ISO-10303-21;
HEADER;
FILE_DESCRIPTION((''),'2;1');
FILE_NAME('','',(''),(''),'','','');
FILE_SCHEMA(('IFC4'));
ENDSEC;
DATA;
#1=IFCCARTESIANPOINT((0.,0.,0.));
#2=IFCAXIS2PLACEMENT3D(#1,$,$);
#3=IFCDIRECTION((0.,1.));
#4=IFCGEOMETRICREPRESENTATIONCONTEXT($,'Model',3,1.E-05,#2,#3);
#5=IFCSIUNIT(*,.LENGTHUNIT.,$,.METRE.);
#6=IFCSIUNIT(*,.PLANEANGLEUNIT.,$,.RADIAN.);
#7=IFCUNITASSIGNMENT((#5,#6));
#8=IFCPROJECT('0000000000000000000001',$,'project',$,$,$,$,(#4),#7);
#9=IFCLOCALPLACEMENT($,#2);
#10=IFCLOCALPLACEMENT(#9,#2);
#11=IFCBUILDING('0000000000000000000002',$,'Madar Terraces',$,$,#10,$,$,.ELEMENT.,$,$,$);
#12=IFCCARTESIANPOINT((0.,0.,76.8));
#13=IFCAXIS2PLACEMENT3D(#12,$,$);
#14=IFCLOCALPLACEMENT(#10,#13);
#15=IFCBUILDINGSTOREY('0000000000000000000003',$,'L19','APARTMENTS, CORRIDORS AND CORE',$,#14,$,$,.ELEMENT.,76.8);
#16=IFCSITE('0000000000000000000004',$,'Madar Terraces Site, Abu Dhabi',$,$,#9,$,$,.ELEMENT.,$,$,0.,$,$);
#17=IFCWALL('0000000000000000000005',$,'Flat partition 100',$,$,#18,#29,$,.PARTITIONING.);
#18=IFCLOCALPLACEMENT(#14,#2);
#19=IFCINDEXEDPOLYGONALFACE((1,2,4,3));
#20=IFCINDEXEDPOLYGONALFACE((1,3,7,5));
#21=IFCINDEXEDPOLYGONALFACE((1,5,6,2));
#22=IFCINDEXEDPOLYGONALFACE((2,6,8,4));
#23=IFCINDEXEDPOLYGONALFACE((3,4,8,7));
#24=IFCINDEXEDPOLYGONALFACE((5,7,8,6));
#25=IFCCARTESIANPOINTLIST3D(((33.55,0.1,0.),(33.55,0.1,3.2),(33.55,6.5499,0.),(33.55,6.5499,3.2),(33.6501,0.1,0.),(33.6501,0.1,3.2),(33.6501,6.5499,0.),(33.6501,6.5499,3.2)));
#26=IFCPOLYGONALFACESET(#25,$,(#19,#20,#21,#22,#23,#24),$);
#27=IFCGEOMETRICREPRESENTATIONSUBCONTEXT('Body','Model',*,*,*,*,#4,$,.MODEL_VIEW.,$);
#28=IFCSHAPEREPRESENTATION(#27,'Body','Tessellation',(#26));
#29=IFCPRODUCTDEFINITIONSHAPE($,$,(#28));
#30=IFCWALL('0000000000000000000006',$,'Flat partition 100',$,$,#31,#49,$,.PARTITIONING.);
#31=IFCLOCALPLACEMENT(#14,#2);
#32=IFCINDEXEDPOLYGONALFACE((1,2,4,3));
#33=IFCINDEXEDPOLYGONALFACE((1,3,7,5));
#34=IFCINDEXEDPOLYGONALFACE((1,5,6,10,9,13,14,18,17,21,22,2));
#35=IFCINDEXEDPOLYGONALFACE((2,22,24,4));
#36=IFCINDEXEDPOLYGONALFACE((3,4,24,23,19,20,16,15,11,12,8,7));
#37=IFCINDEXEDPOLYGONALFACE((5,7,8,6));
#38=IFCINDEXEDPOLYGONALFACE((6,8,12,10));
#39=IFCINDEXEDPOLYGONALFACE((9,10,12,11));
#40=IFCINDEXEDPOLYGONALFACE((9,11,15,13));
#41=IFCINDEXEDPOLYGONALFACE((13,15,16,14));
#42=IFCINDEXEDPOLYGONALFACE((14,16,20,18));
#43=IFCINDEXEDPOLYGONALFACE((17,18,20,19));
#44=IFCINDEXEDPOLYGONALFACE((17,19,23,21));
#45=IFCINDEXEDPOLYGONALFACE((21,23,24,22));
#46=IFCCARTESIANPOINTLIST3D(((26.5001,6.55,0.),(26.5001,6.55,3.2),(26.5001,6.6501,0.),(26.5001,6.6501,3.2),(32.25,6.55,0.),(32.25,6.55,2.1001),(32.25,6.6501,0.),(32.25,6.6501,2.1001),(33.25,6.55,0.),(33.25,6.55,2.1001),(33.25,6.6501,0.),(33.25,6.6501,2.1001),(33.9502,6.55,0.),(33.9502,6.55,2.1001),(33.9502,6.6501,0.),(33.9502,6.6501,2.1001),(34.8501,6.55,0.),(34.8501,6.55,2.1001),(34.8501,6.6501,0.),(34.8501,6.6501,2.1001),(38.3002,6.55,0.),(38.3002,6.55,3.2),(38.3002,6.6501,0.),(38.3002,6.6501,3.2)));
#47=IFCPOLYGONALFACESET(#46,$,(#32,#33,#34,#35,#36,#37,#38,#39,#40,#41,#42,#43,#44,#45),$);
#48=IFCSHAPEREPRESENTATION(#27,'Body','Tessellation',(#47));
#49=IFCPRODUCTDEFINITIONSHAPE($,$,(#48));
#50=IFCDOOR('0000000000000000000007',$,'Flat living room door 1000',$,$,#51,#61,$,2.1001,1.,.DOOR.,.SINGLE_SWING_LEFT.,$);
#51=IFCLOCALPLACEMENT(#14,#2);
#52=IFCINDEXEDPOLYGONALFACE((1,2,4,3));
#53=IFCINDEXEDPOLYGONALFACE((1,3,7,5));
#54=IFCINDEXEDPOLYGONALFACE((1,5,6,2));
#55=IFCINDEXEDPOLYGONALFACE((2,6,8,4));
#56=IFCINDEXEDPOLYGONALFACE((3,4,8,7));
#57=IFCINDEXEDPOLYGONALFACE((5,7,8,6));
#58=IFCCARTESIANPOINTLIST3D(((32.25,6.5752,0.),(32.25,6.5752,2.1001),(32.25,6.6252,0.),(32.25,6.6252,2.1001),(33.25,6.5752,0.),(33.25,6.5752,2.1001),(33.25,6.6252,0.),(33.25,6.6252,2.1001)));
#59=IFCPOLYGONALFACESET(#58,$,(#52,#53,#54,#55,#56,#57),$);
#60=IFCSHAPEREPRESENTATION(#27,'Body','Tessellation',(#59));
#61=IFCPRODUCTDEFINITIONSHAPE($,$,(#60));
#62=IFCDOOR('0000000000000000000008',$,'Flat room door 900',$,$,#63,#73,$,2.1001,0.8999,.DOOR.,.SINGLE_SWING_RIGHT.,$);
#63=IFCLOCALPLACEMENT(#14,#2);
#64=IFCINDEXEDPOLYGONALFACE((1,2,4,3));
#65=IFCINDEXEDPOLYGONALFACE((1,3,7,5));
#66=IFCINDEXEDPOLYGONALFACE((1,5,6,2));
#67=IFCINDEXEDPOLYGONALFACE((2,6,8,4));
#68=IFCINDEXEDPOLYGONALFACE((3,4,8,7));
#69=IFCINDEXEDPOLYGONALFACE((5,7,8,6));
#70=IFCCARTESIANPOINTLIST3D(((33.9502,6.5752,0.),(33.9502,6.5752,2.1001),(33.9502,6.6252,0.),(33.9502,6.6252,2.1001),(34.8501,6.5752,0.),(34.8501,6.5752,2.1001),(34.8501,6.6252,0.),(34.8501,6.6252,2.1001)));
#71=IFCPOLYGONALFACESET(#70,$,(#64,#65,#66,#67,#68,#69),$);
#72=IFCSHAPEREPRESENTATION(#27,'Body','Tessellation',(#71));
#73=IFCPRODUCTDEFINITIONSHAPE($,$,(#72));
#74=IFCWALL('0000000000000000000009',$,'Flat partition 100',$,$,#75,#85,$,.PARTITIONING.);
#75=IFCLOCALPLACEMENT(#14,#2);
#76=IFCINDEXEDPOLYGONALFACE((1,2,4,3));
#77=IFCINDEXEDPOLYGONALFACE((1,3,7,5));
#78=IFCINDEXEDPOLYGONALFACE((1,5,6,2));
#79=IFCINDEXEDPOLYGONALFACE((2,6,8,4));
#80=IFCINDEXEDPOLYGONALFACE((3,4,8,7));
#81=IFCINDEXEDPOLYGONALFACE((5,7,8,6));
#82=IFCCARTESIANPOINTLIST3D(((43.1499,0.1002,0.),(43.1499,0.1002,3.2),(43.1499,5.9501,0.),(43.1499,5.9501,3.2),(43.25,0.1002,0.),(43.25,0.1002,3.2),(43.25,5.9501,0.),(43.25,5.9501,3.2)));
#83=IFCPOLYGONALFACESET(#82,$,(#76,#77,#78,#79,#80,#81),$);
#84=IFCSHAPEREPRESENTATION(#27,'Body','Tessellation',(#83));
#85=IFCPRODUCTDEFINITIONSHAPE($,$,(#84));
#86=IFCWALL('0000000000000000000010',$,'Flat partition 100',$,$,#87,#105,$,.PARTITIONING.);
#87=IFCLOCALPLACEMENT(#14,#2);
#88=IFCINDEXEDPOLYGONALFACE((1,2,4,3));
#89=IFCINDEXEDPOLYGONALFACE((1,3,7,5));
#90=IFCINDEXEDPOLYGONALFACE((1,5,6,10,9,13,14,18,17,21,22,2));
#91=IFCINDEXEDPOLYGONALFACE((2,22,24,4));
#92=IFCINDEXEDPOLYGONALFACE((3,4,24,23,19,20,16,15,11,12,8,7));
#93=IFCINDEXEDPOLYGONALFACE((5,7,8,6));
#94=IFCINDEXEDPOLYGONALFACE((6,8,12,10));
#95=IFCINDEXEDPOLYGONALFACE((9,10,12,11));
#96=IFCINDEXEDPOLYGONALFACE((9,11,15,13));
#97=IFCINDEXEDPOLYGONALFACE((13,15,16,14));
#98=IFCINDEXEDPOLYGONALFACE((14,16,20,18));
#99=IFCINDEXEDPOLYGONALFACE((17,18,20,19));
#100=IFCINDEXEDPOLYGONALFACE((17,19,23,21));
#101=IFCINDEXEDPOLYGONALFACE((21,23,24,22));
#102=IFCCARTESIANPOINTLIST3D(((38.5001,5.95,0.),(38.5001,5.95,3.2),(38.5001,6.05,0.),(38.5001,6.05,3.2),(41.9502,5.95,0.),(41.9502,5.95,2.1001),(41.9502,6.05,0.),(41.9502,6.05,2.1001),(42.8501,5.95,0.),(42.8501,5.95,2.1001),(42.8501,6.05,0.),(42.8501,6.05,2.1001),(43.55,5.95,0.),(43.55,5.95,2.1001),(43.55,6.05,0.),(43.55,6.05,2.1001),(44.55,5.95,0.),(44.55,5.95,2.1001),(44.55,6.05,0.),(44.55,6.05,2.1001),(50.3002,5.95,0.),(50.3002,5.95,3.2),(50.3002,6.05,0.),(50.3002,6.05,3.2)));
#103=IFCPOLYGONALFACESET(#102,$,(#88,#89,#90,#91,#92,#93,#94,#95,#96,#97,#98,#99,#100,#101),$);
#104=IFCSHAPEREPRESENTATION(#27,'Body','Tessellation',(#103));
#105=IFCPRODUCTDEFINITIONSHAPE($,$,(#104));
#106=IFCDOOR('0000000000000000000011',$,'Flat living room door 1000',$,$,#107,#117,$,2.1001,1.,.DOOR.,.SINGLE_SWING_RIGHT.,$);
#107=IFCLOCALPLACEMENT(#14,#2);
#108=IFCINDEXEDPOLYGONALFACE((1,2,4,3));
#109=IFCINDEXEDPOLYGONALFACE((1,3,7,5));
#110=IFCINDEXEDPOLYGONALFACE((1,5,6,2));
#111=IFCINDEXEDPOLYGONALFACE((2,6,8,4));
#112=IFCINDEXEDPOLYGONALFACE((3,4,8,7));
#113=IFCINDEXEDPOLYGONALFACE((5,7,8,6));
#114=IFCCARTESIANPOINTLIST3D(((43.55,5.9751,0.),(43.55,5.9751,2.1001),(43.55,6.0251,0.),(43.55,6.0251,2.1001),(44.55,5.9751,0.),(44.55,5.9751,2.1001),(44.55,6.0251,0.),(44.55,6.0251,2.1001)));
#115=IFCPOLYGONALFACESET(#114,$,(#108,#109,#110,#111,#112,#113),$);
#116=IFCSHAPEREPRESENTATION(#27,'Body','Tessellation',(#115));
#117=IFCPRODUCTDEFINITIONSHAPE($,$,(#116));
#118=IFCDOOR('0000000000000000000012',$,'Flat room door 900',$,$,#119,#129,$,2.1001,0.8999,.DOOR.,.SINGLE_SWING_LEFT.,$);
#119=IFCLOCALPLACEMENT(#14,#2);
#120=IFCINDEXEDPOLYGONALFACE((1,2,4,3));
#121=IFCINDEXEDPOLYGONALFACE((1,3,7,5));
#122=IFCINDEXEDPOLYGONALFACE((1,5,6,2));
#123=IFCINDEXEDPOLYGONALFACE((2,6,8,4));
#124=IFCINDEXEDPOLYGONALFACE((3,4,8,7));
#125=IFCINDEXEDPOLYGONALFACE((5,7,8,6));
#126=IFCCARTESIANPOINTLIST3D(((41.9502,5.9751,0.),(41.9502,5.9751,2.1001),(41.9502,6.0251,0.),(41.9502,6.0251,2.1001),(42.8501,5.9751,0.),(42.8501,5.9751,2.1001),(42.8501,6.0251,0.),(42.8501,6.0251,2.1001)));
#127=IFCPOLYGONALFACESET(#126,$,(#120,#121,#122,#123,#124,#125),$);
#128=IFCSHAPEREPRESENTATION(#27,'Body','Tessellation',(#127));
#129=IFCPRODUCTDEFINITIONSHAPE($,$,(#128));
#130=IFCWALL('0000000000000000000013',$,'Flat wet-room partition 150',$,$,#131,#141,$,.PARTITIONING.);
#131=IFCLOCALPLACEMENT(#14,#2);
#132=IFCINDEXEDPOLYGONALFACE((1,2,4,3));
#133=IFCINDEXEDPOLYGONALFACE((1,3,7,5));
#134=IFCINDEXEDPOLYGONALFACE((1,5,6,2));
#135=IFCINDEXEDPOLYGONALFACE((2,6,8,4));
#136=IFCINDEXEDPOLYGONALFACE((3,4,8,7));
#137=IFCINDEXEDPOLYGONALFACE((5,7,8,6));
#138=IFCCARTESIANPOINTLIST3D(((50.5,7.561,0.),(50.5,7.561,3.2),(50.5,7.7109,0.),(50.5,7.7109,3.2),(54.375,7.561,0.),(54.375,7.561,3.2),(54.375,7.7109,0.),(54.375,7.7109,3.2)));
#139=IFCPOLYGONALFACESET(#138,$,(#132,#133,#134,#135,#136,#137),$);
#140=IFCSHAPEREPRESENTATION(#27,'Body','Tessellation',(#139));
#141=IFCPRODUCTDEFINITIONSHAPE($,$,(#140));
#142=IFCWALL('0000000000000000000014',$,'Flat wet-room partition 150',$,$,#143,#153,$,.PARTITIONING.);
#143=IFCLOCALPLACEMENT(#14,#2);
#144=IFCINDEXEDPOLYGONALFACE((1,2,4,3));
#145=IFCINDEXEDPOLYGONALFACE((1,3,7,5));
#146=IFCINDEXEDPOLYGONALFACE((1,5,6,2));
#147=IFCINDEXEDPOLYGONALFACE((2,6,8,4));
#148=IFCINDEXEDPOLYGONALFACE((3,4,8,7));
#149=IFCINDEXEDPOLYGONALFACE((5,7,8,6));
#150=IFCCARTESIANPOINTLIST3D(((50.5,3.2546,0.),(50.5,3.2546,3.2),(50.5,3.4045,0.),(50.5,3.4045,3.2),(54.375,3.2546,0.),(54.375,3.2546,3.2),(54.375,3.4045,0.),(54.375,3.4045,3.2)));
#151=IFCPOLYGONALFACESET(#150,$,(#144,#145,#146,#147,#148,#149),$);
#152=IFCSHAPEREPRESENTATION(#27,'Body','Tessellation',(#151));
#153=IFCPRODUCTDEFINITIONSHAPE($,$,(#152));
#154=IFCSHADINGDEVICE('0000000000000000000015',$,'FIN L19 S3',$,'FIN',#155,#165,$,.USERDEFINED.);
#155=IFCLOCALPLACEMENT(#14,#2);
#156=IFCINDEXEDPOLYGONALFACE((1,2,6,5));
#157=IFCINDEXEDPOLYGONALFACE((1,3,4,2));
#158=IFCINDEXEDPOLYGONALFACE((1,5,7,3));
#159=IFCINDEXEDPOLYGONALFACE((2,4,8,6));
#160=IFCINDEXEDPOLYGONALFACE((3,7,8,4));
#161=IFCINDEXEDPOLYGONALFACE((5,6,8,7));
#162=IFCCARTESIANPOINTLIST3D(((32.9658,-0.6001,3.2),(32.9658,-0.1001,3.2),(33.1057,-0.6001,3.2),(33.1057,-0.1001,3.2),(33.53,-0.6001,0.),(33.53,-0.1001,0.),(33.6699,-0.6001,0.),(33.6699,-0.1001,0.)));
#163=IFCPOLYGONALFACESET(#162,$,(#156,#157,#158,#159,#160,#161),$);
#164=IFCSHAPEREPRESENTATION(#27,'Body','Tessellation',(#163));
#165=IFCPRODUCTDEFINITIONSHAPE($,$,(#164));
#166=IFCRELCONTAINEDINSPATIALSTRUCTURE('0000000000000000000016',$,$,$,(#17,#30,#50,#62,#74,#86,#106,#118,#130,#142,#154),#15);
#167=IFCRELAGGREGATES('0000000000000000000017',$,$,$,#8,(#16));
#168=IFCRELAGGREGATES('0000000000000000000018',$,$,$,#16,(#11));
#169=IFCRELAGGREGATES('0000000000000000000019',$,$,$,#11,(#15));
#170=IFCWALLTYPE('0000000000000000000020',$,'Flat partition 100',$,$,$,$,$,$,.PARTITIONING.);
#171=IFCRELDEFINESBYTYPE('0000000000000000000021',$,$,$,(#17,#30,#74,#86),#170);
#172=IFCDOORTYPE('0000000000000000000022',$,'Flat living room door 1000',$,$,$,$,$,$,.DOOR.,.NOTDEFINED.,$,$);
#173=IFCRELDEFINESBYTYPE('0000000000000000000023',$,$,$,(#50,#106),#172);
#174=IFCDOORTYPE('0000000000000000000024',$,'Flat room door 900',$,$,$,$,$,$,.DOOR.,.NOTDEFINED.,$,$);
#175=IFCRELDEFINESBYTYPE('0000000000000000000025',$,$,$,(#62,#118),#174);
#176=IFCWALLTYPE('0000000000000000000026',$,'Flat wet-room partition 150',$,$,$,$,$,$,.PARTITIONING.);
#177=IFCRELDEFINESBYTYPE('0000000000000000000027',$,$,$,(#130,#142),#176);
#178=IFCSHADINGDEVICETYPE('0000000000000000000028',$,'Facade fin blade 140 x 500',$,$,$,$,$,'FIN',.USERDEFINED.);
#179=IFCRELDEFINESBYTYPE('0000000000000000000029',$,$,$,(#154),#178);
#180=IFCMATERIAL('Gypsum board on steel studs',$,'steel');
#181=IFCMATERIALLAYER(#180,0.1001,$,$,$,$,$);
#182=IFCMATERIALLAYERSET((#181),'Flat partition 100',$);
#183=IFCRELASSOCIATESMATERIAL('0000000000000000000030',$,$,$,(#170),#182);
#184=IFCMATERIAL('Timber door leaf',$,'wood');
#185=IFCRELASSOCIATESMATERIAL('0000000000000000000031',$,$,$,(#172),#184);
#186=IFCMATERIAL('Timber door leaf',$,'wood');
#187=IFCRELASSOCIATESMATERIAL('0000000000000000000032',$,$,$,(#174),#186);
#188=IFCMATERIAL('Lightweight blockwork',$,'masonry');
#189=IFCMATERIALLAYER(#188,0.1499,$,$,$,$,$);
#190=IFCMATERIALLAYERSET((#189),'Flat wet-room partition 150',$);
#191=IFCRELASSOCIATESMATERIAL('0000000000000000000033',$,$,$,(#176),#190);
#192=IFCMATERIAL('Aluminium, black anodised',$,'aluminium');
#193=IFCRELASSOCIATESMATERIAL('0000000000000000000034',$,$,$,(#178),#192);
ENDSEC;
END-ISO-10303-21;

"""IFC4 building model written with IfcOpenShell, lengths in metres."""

from ifc_helpers import new_model, si_unit, direction, frame, frame_2d, origin, place, context, subcontext, project, spatial, polyline, rectangle, outline, extrude, material, layer, layer_set, type_object, element, fill, save


model = new_model("IFC4")

# Units and contexts
model_context = context("Model", 3, precision=1e-05, world=origin(), true_north=direction((0.0, 1.0)))
body_context = subcontext(model_context, "Body", "Model", "MODEL_VIEW")
ifc_project = project(units=[si_unit("LENGTHUNIT", "METRE"), si_unit("PLANEANGLEUNIT", "RADIAN")], contexts=[model_context])

# Site, building, storey
site_placement = place(None, origin())
site = spatial("IfcSite", under=ifc_project, at=site_placement, Name="Madar Terraces Site, Abu Dhabi", CompositionType="ELEMENT", RefElevation=0.0)
building_placement = place(site_placement, origin())
building = spatial("IfcBuilding", under=site, at=building_placement, Name="Madar Terraces", CompositionType="ELEMENT")
storey_placement = place(building_placement, frame((0.0, 0.0, 76.8)))
storey = spatial("IfcBuildingStorey", under=building, at=storey_placement, Name="L19", Description="APARTMENTS, CORRIDORS AND CORE", CompositionType="ELEMENT", Elevation=76.8)

# Wall
ifc_material_1 = material(Name="Gypsum board on steel studs", Category="steel")
ifc_layer_1 = layer(ifc_material_1, 0.1001)
ifc_layer_set_1 = layer_set([ifc_layer_1], Name="Flat partition 100")
wall_type_1 = type_object("IfcWallType", Name="Flat partition 100", PredefinedType="PARTITIONING", material=ifc_layer_set_1)
wall_1_placement = place(storey_placement, frame((33.6001, 6.55, 0.0), z_axis=(0.0, 0.0, 1.0), x_axis=(0.0, -1.0, 0.0)))
element("IfcWall", 1, at=wall_1_placement, inside=storey, type_object=wall_type_1, Name="Flat partition 100", PredefinedType="PARTITIONING", context=body_context, shape_type="SweptSolid", body=[
    extrude(rectangle(XDim=6.45, YDim=0.1001, at=frame_2d((3.2251, 0.0))), origin(), (0.0, 0.0, 1.0), 3.2),
])

# Wall, openings, doors
wall_2_placement = place(storey_placement, frame((38.3, 6.6001, 0.0), z_axis=(0.0, 0.0, 1.0), x_axis=(-1.0, 0.0, 0.0)))
wall_2 = element("IfcWall", 2, at=wall_2_placement, inside=storey, type_object=wall_type_1, Name="Flat partition 100", PredefinedType="PARTITIONING", context=body_context, shape_type="SweptSolid", body=[
    extrude(rectangle(XDim=11.8, YDim=0.1001, at=frame_2d((5.8999, 0.0))), origin(), (0.0, 0.0, 1.0), 3.2),
])
opening_1_placement = place(wall_2_placement, frame((5.05, 0.0, 0.0)))
opening_1 = element("IfcOpeningElement", 3, at=opening_1_placement, cuts=wall_2, PredefinedType="OPENING", context=body_context, shape_type="SweptSolid", body=[
    extrude(rectangle(XDim=1.0, YDim=2.1001, at=frame_2d((0.5, 1.05))), frame((0.0, 0.0601, 0.0), z_axis=(0.0, -1.0, 0.0), x_axis=(1.0, 0.0, 0.0)), (0.0, 0.0, 1.0), 0.1201),
])
opening_2_placement = place(wall_2_placement, frame((3.45, 0.0, 0.0)))
opening_2 = element("IfcOpeningElement", 4, at=opening_2_placement, cuts=wall_2, PredefinedType="OPENING", context=body_context, shape_type="SweptSolid", body=[
    extrude(rectangle(XDim=0.8999, YDim=2.1001, at=frame_2d((0.45, 1.05))), frame((0.0, 0.0601, 0.0), z_axis=(0.0, -1.0, 0.0), x_axis=(1.0, 0.0, 0.0)), (0.0, 0.0, 1.0), 0.1201),
])
ifc_material_2 = material(Name="Timber door leaf", Category="wood")
door_type_1 = type_object("IfcDoorType", Name="Flat living room door 1000", OperationType="NOTDEFINED", PredefinedType="DOOR", material=ifc_material_2)
door_1_placement = place(opening_1_placement, origin())
door_1 = element("IfcDoor", 5, at=door_1_placement, inside=storey, type_object=door_type_1, Name="Flat living room door 1000", OperationType="SINGLE_SWING_LEFT", OverallHeight=2.1001, OverallWidth=1.0, PredefinedType="DOOR", context=body_context, shape_type="SweptSolid", body=[
    extrude(rectangle(XDim=1.0, YDim=2.1001, at=frame_2d((0.5, 1.05))), frame((0.0, 0.0249, 0.0), z_axis=(0.0, -1.0, 0.0), x_axis=(1.0, 0.0, 0.0)), (0.0, 0.0, 1.0), 0.05),
])
fill(opening_1, door_1)
ifc_material_3 = material(Name="Timber door leaf", Category="wood")
door_type_2 = type_object("IfcDoorType", Name="Flat room door 900", OperationType="NOTDEFINED", PredefinedType="DOOR", material=ifc_material_3)
door_2_placement = place(opening_2_placement, origin())
door_2 = element("IfcDoor", 6, at=door_2_placement, inside=storey, type_object=door_type_2, Name="Flat room door 900", OperationType="SINGLE_SWING_RIGHT", OverallHeight=2.1001, OverallWidth=0.8999, PredefinedType="DOOR", context=body_context, shape_type="SweptSolid", body=[
    extrude(rectangle(XDim=0.8999, YDim=2.1001, at=frame_2d((0.45, 1.05))), frame((0.0, 0.0249, 0.0), z_axis=(0.0, -1.0, 0.0), x_axis=(1.0, 0.0, 0.0)), (0.0, 0.0, 1.0), 0.05),
])
fill(opening_2, door_2)

# Wall
wall_3_placement = place(storey_placement, frame((43.2, 5.95, 0.0), z_axis=(0.0, 0.0, 1.0), x_axis=(0.0, -1.0, 0.0)))
element("IfcWall", 7, at=wall_3_placement, inside=storey, type_object=wall_type_1, Name="Flat partition 100", PredefinedType="PARTITIONING", context=body_context, shape_type="SweptSolid", body=[
    extrude(rectangle(XDim=5.8499, YDim=0.1001, at=frame_2d((2.9248, 0.0))), origin(), (0.0, 0.0, 1.0), 3.2),
])

# Wall, openings, doors
wall_4_placement = place(storey_placement, frame((50.3, 6.0, 0.0), z_axis=(0.0, 0.0, 1.0), x_axis=(-1.0, 0.0, 0.0)))
wall_4 = element("IfcWall", 8, at=wall_4_placement, inside=storey, type_object=wall_type_1, Name="Flat partition 100", PredefinedType="PARTITIONING", context=body_context, shape_type="SweptSolid", body=[
    extrude(rectangle(XDim=11.8, YDim=0.1001, at=frame_2d((5.8999, 0.0))), origin(), (0.0, 0.0, 1.0), 3.2),
])
opening_3_placement = place(wall_4_placement, frame((5.75, 0.0, 0.0)))
opening_3 = element("IfcOpeningElement", 9, at=opening_3_placement, cuts=wall_4, PredefinedType="OPENING", context=body_context, shape_type="SweptSolid", body=[
    extrude(rectangle(XDim=1.0, YDim=2.1001, at=frame_2d((0.5, 1.05))), frame((0.0, 0.0601, 0.0), z_axis=(0.0, -1.0, 0.0), x_axis=(1.0, 0.0, 0.0)), (0.0, 0.0, 1.0), 0.1201),
])
opening_4_placement = place(wall_4_placement, frame((7.45, 0.0, 0.0)))
opening_4 = element("IfcOpeningElement", 10, at=opening_4_placement, cuts=wall_4, PredefinedType="OPENING", context=body_context, shape_type="SweptSolid", body=[
    extrude(rectangle(XDim=0.8999, YDim=2.1001, at=frame_2d((0.45, 1.05))), frame((0.0, 0.0601, 0.0), z_axis=(0.0, -1.0, 0.0), x_axis=(1.0, 0.0, 0.0)), (0.0, 0.0, 1.0), 0.1201),
])
door_3_placement = place(opening_3_placement, origin())
door_3 = element("IfcDoor", 11, at=door_3_placement, inside=storey, type_object=door_type_1, Name="Flat living room door 1000", OperationType="SINGLE_SWING_RIGHT", OverallHeight=2.1001, OverallWidth=1.0, PredefinedType="DOOR", context=body_context, shape_type="SweptSolid", body=[
    extrude(rectangle(XDim=1.0, YDim=2.1001, at=frame_2d((0.5, 1.05))), frame((0.0, 0.0249, 0.0), z_axis=(0.0, -1.0, 0.0), x_axis=(1.0, 0.0, 0.0)), (0.0, 0.0, 1.0), 0.05),
])
fill(opening_3, door_3)
door_4_placement = place(opening_4_placement, origin())
door_4 = element("IfcDoor", 12, at=door_4_placement, inside=storey, type_object=door_type_2, Name="Flat room door 900", OperationType="SINGLE_SWING_LEFT", OverallHeight=2.1001, OverallWidth=0.8999, PredefinedType="DOOR", context=body_context, shape_type="SweptSolid", body=[
    extrude(rectangle(XDim=0.8999, YDim=2.1001, at=frame_2d((0.45, 1.05))), frame((0.0, 0.0249, 0.0), z_axis=(0.0, -1.0, 0.0), x_axis=(1.0, 0.0, 0.0)), (0.0, 0.0, 1.0), 0.05),
])
fill(opening_4, door_4)

# Walls
ifc_material_4 = material(Name="Lightweight blockwork", Category="masonry")
ifc_layer_2 = layer(ifc_material_4, 0.1499)
ifc_layer_set_2 = layer_set([ifc_layer_2], Name="Flat wet-room partition 150")
wall_type_2 = type_object("IfcWallType", Name="Flat wet-room partition 150", PredefinedType="PARTITIONING", material=ifc_layer_set_2)
for number, where, z_axis, x_axis, name in (
    (13, (50.5, 7.636, 0.0), (0.0, 0.0, 1.0), (1.0, 0.0, 0.0), "Flat wet-room partition 150"),
    (14, (50.5, 3.3296, 0.0), (0.0, 0.0, 1.0), (1.0, 0.0, 0.0), "Flat wet-room partition 150"),
):
    element("IfcWall", number, at=place(storey_placement, frame(where, z_axis=z_axis, x_axis=x_axis)), inside=storey, type_object=wall_type_2, Name=name, PredefinedType="PARTITIONING", context=body_context, shape_type="SweptSolid", body=[
        extrude(rectangle(XDim=3.875, YDim=0.1499, at=frame_2d((1.9375, 0.0))), origin(), (0.0, 0.0, 1.0), 3.2),
    ])

# Shading device
ifc_material_5 = material(Name="Aluminium, black anodised", Category="aluminium")
shading_device_type = type_object("IfcShadingDeviceType", Name="Facade fin blade 140 x 500", ElementType="FIN", PredefinedType="USERDEFINED", material=ifc_material_5)
shading_device_1_placement = place(storey_placement, frame((33.53, -0.3501, 0.0), z_axis=(0.0, 0.0, 1.0), x_axis=(1.0, 0.0, 0.0)))
element("IfcShadingDevice", 15, at=shading_device_1_placement, inside=storey, type_object=shading_device_type, Name="FIN L19 S3", ObjectType="FIN", PredefinedType="USERDEFINED", context=body_context, shape_type="SweptSolid", body=[
    extrude(outline(polyline([(0.0, 0.0), (0.1399, 0.0), (-0.4243, 3.2), (-0.5642, 3.2), (0.0, 0.0)])), frame((0.0, 0.25, 0.0), z_axis=(0.0, -1.0, 0.0), x_axis=(1.0, 0.0, 0.0)), (0.0, 0.0, 1.0), 0.5),
])

save(model, "model.ifc")
